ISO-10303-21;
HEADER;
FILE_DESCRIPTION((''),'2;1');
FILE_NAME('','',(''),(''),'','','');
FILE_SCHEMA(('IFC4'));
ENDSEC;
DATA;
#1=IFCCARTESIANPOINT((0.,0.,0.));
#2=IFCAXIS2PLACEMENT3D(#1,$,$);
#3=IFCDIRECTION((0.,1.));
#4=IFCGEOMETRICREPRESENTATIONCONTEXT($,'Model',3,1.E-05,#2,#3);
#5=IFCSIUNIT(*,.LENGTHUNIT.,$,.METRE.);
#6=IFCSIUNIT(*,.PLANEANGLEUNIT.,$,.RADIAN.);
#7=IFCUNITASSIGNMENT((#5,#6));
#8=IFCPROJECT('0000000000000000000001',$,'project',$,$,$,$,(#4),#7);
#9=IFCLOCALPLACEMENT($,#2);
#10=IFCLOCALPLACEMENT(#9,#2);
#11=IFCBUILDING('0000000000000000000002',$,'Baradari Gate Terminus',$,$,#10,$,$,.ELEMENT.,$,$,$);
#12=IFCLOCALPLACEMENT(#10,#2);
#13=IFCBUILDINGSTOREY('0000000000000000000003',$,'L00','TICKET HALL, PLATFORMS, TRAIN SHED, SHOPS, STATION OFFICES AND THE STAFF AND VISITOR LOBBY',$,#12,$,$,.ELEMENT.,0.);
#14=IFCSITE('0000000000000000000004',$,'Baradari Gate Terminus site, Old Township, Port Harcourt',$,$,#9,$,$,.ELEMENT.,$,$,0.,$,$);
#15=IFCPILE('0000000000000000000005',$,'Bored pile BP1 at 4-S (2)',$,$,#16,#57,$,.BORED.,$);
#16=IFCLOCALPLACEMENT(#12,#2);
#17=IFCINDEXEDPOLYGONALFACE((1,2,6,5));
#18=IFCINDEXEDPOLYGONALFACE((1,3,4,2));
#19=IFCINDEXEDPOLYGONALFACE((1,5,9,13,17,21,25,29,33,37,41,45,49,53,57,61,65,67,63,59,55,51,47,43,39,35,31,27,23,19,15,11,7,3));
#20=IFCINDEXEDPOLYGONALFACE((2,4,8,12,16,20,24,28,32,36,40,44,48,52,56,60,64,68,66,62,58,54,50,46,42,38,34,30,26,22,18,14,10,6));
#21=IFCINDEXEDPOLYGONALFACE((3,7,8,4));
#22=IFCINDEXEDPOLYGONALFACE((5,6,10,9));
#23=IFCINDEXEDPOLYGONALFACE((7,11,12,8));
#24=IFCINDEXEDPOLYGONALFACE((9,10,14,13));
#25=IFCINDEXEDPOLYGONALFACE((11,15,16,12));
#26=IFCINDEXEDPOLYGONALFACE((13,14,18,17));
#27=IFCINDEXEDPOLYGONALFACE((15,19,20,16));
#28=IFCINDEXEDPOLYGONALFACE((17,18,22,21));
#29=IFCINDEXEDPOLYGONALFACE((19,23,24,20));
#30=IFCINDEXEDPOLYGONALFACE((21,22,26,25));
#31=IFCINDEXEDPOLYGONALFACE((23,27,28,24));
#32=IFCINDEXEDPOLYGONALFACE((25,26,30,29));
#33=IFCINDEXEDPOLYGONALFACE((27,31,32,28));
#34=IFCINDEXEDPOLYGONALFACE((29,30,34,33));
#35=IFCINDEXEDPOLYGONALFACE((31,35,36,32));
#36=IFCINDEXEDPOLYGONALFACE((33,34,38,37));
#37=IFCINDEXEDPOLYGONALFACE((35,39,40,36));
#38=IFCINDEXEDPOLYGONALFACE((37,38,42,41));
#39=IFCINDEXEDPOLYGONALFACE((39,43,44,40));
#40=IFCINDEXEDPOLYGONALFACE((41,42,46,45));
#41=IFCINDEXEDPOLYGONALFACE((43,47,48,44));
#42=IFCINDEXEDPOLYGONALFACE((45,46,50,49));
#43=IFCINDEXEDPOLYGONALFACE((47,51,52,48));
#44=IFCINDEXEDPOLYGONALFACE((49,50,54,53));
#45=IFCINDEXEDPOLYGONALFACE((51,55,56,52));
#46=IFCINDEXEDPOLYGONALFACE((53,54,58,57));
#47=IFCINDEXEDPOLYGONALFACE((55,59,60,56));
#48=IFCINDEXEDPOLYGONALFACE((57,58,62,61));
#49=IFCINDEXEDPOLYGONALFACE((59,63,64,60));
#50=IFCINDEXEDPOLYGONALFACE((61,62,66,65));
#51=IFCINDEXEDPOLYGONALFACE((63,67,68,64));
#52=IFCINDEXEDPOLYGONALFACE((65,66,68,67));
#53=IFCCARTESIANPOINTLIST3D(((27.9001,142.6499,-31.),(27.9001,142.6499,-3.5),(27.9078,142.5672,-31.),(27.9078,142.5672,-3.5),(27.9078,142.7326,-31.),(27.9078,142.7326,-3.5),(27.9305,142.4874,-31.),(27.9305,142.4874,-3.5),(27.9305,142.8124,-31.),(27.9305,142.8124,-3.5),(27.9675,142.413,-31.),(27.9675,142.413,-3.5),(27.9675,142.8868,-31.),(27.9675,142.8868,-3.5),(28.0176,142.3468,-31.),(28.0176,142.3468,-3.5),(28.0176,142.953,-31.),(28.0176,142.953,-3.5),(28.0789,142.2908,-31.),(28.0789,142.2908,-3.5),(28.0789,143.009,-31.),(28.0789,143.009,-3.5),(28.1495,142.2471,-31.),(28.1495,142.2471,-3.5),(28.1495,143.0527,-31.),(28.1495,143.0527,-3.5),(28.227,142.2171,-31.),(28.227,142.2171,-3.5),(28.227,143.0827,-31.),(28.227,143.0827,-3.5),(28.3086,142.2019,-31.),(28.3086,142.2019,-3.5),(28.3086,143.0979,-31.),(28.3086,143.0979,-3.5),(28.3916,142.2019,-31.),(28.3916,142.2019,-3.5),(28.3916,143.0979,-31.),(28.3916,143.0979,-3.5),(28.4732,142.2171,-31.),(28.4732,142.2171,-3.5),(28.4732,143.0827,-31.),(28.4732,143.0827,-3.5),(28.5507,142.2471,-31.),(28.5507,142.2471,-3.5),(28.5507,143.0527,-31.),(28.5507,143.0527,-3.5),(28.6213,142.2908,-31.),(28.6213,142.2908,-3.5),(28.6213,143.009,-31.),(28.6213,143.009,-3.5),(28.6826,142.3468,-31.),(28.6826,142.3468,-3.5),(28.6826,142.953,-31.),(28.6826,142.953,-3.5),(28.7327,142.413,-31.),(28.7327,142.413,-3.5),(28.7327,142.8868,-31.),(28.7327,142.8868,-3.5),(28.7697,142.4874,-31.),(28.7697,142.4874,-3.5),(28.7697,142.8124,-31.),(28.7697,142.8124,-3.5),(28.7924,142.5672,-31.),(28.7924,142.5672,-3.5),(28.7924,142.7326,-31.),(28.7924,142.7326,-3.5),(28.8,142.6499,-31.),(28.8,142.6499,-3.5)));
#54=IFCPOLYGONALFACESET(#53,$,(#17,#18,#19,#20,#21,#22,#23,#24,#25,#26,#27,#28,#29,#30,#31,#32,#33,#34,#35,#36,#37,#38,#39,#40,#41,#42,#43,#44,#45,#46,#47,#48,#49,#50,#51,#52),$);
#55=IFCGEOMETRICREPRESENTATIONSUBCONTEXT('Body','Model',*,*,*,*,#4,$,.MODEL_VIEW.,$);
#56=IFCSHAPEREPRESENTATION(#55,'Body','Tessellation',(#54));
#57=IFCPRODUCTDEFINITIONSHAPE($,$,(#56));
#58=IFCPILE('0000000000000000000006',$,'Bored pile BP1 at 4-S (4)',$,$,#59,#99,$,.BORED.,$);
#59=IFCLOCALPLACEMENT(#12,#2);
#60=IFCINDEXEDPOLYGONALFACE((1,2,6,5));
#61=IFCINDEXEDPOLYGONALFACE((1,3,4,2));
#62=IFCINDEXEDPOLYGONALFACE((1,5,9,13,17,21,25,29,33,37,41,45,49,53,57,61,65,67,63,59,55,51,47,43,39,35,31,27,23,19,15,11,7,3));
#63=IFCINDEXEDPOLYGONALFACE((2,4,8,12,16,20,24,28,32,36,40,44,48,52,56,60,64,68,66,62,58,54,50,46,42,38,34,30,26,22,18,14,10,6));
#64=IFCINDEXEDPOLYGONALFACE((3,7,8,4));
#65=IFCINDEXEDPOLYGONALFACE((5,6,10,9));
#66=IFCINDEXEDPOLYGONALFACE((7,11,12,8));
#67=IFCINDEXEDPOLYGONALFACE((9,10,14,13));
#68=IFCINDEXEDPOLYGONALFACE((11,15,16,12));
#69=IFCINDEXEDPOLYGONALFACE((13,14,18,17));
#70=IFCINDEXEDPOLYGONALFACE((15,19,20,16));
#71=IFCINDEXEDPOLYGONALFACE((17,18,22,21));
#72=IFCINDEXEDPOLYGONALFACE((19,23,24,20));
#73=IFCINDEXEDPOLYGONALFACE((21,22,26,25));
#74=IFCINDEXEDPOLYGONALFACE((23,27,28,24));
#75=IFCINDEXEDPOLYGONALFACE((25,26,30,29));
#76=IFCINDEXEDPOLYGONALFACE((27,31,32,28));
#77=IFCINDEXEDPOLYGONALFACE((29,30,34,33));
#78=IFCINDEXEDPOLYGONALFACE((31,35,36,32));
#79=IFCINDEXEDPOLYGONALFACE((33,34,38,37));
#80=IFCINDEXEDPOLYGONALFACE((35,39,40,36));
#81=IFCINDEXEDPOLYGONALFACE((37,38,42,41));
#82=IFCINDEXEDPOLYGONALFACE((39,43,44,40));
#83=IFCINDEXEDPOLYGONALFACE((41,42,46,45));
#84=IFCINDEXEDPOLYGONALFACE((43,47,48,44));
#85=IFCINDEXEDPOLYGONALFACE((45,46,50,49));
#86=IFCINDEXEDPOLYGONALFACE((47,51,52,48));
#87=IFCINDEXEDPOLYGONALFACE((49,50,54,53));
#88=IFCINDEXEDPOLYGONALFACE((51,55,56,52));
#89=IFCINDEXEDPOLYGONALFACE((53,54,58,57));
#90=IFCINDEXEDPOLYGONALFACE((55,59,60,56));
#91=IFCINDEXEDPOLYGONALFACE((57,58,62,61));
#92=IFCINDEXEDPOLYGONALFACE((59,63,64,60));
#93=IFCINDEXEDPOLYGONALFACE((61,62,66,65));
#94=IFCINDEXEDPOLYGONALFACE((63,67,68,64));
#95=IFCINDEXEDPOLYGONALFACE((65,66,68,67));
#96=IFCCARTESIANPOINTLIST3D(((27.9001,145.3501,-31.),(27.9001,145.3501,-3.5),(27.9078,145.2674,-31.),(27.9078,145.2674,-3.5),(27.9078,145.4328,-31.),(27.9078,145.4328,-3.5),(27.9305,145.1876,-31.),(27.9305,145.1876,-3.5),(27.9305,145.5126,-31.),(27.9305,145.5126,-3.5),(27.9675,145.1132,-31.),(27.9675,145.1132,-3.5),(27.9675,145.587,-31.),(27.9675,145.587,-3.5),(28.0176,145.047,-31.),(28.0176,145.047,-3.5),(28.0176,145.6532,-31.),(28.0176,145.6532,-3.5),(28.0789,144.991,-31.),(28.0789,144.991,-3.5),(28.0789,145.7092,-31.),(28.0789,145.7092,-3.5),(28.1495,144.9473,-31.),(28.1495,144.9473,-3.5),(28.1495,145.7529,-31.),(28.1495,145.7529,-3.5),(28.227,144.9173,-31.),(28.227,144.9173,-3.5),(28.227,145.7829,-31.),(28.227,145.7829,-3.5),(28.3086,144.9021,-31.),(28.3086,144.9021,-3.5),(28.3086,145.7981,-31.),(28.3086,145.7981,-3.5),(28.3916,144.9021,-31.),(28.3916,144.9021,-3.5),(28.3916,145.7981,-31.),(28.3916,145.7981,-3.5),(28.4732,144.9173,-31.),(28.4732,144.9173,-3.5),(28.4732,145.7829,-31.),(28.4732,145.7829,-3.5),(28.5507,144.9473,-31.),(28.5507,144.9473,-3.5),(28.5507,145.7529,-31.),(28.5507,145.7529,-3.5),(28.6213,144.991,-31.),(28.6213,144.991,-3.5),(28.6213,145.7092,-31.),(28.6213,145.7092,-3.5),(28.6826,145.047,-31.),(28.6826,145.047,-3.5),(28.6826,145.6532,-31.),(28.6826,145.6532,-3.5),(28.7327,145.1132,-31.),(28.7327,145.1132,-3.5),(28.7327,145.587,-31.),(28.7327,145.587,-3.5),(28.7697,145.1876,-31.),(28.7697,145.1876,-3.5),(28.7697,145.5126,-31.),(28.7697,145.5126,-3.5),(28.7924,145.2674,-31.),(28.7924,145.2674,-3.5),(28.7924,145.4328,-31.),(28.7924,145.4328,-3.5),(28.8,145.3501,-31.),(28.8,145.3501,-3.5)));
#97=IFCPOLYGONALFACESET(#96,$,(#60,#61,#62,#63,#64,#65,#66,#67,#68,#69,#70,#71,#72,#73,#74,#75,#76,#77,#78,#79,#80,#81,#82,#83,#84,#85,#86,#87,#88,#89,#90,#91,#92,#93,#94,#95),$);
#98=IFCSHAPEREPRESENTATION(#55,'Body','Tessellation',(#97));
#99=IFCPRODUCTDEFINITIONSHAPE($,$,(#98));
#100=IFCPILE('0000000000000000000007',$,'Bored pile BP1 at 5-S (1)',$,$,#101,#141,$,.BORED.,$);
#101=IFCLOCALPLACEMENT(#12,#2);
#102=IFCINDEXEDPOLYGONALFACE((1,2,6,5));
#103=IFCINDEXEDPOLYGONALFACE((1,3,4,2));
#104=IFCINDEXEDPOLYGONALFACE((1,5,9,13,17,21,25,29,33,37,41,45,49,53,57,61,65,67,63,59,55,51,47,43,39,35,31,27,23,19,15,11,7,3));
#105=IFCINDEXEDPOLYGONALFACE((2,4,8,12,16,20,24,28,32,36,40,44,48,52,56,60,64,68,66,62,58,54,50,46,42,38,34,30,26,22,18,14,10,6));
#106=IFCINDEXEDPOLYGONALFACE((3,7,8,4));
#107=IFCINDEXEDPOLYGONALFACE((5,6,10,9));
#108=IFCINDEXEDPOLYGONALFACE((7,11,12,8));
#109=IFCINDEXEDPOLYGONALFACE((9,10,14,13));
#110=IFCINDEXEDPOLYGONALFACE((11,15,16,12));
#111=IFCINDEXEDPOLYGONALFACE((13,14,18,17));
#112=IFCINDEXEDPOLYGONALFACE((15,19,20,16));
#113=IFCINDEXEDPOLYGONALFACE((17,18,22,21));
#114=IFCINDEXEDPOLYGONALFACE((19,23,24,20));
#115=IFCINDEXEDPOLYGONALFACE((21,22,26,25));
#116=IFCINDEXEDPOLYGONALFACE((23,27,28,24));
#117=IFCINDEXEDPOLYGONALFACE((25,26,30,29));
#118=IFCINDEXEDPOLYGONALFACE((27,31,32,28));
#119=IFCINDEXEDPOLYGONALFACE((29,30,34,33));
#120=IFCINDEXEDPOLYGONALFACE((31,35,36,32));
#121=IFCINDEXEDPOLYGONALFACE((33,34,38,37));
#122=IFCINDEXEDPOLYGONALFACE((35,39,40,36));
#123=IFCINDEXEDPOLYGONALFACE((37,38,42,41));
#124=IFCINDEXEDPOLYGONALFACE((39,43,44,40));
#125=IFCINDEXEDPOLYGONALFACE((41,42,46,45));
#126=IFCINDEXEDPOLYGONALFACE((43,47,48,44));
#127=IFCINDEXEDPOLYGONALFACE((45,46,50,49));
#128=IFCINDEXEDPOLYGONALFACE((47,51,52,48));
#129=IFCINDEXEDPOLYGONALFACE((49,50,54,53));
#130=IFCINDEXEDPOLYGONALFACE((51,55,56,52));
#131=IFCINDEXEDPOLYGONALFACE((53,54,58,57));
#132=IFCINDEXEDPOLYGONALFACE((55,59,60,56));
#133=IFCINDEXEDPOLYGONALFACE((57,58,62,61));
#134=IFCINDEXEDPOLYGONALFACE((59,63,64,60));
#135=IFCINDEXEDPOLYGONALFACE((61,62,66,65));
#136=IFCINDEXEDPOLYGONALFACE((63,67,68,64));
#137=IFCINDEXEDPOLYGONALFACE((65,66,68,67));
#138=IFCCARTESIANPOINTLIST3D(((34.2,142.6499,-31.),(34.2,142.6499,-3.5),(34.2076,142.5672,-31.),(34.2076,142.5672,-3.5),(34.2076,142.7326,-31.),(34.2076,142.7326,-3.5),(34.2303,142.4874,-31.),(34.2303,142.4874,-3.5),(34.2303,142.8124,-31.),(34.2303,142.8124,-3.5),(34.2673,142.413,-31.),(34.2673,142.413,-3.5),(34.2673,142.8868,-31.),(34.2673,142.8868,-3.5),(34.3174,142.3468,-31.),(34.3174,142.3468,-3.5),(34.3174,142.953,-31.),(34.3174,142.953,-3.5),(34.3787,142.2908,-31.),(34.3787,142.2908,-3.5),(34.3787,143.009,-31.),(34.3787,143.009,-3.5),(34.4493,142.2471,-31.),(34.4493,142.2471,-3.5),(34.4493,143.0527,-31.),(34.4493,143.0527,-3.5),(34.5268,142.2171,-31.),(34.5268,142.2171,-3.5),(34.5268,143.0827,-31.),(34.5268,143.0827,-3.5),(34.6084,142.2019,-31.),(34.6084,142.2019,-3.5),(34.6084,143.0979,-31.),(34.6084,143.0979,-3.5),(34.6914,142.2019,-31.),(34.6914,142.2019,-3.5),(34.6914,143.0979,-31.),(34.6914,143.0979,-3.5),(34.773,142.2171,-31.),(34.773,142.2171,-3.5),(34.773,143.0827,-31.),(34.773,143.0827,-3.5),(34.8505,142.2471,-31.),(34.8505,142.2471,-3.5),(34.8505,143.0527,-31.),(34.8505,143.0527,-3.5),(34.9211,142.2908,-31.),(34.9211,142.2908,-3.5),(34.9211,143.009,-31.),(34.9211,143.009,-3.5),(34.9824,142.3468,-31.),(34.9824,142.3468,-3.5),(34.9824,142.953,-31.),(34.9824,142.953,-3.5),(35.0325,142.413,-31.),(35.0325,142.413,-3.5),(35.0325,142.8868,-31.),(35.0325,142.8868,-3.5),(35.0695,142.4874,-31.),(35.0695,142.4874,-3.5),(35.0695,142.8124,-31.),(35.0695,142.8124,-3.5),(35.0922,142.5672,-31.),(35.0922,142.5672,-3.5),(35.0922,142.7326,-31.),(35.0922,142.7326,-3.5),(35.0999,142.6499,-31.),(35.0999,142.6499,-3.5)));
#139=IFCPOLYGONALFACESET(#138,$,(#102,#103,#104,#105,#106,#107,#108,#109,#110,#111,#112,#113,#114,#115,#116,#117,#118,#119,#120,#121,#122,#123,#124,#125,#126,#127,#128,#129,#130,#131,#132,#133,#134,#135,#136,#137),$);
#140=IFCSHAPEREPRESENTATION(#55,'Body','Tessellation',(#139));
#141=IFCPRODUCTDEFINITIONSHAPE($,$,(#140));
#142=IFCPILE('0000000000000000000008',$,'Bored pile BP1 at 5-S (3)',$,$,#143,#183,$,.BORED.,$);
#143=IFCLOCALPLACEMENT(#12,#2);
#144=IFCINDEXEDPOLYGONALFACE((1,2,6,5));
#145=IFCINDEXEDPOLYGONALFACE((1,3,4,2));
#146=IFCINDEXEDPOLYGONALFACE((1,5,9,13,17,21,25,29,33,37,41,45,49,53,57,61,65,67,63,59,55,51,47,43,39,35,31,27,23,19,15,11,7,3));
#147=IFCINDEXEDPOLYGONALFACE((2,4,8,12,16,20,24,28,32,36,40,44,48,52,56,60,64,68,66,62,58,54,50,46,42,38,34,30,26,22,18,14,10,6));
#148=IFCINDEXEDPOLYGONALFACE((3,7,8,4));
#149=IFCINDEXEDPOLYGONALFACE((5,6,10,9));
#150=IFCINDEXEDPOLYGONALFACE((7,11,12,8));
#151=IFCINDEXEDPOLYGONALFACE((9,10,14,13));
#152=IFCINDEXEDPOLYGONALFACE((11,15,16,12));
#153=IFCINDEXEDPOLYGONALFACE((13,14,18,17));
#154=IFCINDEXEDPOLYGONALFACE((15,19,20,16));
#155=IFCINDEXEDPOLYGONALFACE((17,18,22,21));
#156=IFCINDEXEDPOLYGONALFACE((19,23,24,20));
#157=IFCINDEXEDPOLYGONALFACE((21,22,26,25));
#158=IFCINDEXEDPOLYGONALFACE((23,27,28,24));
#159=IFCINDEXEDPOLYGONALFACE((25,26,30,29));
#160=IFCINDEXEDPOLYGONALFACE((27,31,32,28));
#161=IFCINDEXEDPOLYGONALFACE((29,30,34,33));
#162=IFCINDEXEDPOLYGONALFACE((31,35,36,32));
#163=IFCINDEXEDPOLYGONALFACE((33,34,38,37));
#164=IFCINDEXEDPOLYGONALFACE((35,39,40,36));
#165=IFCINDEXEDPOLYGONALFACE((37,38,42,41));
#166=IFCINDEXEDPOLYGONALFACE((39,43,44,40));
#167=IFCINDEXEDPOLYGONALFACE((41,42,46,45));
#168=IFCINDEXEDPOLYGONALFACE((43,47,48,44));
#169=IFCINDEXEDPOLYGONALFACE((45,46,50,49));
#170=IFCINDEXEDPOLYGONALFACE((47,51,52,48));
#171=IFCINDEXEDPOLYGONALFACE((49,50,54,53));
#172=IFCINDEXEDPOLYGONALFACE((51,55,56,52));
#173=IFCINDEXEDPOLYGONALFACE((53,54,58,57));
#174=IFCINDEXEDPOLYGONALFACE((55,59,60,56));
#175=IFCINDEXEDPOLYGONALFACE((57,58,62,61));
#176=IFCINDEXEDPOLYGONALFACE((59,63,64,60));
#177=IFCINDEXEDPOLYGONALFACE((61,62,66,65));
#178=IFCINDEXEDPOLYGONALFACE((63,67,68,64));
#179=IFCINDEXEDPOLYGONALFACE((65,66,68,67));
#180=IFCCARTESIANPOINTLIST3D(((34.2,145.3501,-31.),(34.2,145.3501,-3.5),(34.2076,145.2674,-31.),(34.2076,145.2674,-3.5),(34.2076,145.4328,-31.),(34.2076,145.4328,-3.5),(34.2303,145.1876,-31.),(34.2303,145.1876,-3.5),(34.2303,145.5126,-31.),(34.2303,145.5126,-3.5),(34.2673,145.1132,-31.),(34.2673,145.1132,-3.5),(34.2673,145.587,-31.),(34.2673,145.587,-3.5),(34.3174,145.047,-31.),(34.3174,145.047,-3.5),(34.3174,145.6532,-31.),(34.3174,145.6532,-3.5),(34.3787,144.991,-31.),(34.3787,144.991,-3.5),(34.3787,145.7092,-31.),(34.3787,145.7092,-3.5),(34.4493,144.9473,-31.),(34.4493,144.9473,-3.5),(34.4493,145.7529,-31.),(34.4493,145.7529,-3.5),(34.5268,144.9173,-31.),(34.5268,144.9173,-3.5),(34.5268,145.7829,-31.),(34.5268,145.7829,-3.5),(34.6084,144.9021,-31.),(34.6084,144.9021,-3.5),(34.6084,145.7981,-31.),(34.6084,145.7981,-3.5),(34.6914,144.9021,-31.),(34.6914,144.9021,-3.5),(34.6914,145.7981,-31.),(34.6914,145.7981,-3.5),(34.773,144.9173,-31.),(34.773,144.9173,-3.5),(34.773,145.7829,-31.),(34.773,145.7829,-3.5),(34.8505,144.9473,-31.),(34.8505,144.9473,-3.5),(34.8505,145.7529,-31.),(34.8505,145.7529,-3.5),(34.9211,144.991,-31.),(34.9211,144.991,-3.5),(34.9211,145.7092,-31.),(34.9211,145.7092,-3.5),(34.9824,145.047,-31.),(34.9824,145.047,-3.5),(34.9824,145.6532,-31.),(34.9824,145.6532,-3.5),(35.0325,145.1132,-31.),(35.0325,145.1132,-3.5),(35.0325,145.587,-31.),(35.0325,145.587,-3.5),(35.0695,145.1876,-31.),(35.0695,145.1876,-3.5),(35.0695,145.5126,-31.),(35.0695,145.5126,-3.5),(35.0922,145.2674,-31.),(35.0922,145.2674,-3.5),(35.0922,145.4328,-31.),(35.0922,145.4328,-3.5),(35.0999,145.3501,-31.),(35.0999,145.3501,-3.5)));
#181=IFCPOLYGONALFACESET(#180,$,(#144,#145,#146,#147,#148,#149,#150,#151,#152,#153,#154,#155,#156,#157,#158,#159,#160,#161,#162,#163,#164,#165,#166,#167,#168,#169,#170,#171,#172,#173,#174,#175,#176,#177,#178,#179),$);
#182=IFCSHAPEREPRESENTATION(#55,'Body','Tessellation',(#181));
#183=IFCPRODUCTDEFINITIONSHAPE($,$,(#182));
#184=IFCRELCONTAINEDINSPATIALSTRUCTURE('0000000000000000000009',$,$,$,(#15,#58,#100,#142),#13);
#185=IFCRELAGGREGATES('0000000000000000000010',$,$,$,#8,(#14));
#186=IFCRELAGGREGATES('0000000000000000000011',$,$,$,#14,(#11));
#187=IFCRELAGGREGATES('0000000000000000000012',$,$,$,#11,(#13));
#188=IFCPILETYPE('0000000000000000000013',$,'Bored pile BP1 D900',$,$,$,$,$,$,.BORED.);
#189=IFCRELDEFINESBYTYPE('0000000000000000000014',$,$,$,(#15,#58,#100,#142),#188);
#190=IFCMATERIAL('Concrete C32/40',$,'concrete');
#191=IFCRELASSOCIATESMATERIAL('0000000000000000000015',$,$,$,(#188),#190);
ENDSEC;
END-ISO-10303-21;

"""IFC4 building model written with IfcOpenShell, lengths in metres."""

from ifc_helpers import new_model, si_unit, direction, frame, origin, origin_2d, place, context, subcontext, project, spatial, circle, extrude, material, type_object, element, save


model = new_model("IFC4")

# Units and contexts
model_context = context("Model", 3, precision=1e-05, world=origin(), true_north=direction((0.0, 1.0)))
body_context = subcontext(model_context, "Body", "Model", "MODEL_VIEW")
ifc_project = project(units=[si_unit("LENGTHUNIT", "METRE"), si_unit("PLANEANGLEUNIT", "RADIAN")], contexts=[model_context])

# Site, building, storey
site_placement = place(None, origin())
site = spatial("IfcSite", under=ifc_project, at=site_placement, Name="Baradari Gate Terminus site, Old Township, Port Harcourt", CompositionType="ELEMENT", RefElevation=0.0)
building_placement = place(site_placement, origin())
building = spatial("IfcBuilding", under=site, at=building_placement, Name="Baradari Gate Terminus", CompositionType="ELEMENT")
storey_placement = place(building_placement, origin())
storey = spatial("IfcBuildingStorey", under=building, at=storey_placement, Name="L00", Description="TICKET HALL, PLATFORMS, TRAIN SHED, SHOPS, STATION OFFICES AND THE STAFF AND VISITOR LOBBY", CompositionType="ELEMENT", Elevation=0.0)

# Piles
ifc_material_1 = material(Name="Concrete C32/40", Category="concrete")
pile_type_1 = type_object("IfcPileType", Name="Bored pile BP1 D900", PredefinedType="BORED", material=ifc_material_1)
for number, where, z_axis, x_axis, name in (
    (1, (28.3501, 142.6499, -3.5), (0.0, 0.0, -1.0), (1.0, 0.0, 0.0), "Bored pile BP1 at 4-S (2)"),
    (2, (28.3501, 145.3501, -3.5), (0.0, 0.0, -1.0), (1.0, 0.0, 0.0), "Bored pile BP1 at 4-S (4)"),
    (3, (34.6499, 142.6499, -3.5), (0.0, 0.0, -1.0), (1.0, 0.0, 0.0), "Bored pile BP1 at 5-S (1)"),
    (4, (34.6499, 145.3501, -3.5), (0.0, 0.0, -1.0), (1.0, 0.0, 0.0), "Bored pile BP1 at 5-S (3)"),
):
    element("IfcPile", number, at=place(storey_placement, frame(where, z_axis=z_axis, x_axis=x_axis)), inside=storey, type_object=pile_type_1, Name=name, PredefinedType="BORED", context=body_context, shape_type="SweptSolid", body=[
        extrude(circle(Radius=0.45, at=origin_2d()), origin(), (0.0, 0.0, 1.0), 27.5),
    ])

save(model, "model.ifc")
